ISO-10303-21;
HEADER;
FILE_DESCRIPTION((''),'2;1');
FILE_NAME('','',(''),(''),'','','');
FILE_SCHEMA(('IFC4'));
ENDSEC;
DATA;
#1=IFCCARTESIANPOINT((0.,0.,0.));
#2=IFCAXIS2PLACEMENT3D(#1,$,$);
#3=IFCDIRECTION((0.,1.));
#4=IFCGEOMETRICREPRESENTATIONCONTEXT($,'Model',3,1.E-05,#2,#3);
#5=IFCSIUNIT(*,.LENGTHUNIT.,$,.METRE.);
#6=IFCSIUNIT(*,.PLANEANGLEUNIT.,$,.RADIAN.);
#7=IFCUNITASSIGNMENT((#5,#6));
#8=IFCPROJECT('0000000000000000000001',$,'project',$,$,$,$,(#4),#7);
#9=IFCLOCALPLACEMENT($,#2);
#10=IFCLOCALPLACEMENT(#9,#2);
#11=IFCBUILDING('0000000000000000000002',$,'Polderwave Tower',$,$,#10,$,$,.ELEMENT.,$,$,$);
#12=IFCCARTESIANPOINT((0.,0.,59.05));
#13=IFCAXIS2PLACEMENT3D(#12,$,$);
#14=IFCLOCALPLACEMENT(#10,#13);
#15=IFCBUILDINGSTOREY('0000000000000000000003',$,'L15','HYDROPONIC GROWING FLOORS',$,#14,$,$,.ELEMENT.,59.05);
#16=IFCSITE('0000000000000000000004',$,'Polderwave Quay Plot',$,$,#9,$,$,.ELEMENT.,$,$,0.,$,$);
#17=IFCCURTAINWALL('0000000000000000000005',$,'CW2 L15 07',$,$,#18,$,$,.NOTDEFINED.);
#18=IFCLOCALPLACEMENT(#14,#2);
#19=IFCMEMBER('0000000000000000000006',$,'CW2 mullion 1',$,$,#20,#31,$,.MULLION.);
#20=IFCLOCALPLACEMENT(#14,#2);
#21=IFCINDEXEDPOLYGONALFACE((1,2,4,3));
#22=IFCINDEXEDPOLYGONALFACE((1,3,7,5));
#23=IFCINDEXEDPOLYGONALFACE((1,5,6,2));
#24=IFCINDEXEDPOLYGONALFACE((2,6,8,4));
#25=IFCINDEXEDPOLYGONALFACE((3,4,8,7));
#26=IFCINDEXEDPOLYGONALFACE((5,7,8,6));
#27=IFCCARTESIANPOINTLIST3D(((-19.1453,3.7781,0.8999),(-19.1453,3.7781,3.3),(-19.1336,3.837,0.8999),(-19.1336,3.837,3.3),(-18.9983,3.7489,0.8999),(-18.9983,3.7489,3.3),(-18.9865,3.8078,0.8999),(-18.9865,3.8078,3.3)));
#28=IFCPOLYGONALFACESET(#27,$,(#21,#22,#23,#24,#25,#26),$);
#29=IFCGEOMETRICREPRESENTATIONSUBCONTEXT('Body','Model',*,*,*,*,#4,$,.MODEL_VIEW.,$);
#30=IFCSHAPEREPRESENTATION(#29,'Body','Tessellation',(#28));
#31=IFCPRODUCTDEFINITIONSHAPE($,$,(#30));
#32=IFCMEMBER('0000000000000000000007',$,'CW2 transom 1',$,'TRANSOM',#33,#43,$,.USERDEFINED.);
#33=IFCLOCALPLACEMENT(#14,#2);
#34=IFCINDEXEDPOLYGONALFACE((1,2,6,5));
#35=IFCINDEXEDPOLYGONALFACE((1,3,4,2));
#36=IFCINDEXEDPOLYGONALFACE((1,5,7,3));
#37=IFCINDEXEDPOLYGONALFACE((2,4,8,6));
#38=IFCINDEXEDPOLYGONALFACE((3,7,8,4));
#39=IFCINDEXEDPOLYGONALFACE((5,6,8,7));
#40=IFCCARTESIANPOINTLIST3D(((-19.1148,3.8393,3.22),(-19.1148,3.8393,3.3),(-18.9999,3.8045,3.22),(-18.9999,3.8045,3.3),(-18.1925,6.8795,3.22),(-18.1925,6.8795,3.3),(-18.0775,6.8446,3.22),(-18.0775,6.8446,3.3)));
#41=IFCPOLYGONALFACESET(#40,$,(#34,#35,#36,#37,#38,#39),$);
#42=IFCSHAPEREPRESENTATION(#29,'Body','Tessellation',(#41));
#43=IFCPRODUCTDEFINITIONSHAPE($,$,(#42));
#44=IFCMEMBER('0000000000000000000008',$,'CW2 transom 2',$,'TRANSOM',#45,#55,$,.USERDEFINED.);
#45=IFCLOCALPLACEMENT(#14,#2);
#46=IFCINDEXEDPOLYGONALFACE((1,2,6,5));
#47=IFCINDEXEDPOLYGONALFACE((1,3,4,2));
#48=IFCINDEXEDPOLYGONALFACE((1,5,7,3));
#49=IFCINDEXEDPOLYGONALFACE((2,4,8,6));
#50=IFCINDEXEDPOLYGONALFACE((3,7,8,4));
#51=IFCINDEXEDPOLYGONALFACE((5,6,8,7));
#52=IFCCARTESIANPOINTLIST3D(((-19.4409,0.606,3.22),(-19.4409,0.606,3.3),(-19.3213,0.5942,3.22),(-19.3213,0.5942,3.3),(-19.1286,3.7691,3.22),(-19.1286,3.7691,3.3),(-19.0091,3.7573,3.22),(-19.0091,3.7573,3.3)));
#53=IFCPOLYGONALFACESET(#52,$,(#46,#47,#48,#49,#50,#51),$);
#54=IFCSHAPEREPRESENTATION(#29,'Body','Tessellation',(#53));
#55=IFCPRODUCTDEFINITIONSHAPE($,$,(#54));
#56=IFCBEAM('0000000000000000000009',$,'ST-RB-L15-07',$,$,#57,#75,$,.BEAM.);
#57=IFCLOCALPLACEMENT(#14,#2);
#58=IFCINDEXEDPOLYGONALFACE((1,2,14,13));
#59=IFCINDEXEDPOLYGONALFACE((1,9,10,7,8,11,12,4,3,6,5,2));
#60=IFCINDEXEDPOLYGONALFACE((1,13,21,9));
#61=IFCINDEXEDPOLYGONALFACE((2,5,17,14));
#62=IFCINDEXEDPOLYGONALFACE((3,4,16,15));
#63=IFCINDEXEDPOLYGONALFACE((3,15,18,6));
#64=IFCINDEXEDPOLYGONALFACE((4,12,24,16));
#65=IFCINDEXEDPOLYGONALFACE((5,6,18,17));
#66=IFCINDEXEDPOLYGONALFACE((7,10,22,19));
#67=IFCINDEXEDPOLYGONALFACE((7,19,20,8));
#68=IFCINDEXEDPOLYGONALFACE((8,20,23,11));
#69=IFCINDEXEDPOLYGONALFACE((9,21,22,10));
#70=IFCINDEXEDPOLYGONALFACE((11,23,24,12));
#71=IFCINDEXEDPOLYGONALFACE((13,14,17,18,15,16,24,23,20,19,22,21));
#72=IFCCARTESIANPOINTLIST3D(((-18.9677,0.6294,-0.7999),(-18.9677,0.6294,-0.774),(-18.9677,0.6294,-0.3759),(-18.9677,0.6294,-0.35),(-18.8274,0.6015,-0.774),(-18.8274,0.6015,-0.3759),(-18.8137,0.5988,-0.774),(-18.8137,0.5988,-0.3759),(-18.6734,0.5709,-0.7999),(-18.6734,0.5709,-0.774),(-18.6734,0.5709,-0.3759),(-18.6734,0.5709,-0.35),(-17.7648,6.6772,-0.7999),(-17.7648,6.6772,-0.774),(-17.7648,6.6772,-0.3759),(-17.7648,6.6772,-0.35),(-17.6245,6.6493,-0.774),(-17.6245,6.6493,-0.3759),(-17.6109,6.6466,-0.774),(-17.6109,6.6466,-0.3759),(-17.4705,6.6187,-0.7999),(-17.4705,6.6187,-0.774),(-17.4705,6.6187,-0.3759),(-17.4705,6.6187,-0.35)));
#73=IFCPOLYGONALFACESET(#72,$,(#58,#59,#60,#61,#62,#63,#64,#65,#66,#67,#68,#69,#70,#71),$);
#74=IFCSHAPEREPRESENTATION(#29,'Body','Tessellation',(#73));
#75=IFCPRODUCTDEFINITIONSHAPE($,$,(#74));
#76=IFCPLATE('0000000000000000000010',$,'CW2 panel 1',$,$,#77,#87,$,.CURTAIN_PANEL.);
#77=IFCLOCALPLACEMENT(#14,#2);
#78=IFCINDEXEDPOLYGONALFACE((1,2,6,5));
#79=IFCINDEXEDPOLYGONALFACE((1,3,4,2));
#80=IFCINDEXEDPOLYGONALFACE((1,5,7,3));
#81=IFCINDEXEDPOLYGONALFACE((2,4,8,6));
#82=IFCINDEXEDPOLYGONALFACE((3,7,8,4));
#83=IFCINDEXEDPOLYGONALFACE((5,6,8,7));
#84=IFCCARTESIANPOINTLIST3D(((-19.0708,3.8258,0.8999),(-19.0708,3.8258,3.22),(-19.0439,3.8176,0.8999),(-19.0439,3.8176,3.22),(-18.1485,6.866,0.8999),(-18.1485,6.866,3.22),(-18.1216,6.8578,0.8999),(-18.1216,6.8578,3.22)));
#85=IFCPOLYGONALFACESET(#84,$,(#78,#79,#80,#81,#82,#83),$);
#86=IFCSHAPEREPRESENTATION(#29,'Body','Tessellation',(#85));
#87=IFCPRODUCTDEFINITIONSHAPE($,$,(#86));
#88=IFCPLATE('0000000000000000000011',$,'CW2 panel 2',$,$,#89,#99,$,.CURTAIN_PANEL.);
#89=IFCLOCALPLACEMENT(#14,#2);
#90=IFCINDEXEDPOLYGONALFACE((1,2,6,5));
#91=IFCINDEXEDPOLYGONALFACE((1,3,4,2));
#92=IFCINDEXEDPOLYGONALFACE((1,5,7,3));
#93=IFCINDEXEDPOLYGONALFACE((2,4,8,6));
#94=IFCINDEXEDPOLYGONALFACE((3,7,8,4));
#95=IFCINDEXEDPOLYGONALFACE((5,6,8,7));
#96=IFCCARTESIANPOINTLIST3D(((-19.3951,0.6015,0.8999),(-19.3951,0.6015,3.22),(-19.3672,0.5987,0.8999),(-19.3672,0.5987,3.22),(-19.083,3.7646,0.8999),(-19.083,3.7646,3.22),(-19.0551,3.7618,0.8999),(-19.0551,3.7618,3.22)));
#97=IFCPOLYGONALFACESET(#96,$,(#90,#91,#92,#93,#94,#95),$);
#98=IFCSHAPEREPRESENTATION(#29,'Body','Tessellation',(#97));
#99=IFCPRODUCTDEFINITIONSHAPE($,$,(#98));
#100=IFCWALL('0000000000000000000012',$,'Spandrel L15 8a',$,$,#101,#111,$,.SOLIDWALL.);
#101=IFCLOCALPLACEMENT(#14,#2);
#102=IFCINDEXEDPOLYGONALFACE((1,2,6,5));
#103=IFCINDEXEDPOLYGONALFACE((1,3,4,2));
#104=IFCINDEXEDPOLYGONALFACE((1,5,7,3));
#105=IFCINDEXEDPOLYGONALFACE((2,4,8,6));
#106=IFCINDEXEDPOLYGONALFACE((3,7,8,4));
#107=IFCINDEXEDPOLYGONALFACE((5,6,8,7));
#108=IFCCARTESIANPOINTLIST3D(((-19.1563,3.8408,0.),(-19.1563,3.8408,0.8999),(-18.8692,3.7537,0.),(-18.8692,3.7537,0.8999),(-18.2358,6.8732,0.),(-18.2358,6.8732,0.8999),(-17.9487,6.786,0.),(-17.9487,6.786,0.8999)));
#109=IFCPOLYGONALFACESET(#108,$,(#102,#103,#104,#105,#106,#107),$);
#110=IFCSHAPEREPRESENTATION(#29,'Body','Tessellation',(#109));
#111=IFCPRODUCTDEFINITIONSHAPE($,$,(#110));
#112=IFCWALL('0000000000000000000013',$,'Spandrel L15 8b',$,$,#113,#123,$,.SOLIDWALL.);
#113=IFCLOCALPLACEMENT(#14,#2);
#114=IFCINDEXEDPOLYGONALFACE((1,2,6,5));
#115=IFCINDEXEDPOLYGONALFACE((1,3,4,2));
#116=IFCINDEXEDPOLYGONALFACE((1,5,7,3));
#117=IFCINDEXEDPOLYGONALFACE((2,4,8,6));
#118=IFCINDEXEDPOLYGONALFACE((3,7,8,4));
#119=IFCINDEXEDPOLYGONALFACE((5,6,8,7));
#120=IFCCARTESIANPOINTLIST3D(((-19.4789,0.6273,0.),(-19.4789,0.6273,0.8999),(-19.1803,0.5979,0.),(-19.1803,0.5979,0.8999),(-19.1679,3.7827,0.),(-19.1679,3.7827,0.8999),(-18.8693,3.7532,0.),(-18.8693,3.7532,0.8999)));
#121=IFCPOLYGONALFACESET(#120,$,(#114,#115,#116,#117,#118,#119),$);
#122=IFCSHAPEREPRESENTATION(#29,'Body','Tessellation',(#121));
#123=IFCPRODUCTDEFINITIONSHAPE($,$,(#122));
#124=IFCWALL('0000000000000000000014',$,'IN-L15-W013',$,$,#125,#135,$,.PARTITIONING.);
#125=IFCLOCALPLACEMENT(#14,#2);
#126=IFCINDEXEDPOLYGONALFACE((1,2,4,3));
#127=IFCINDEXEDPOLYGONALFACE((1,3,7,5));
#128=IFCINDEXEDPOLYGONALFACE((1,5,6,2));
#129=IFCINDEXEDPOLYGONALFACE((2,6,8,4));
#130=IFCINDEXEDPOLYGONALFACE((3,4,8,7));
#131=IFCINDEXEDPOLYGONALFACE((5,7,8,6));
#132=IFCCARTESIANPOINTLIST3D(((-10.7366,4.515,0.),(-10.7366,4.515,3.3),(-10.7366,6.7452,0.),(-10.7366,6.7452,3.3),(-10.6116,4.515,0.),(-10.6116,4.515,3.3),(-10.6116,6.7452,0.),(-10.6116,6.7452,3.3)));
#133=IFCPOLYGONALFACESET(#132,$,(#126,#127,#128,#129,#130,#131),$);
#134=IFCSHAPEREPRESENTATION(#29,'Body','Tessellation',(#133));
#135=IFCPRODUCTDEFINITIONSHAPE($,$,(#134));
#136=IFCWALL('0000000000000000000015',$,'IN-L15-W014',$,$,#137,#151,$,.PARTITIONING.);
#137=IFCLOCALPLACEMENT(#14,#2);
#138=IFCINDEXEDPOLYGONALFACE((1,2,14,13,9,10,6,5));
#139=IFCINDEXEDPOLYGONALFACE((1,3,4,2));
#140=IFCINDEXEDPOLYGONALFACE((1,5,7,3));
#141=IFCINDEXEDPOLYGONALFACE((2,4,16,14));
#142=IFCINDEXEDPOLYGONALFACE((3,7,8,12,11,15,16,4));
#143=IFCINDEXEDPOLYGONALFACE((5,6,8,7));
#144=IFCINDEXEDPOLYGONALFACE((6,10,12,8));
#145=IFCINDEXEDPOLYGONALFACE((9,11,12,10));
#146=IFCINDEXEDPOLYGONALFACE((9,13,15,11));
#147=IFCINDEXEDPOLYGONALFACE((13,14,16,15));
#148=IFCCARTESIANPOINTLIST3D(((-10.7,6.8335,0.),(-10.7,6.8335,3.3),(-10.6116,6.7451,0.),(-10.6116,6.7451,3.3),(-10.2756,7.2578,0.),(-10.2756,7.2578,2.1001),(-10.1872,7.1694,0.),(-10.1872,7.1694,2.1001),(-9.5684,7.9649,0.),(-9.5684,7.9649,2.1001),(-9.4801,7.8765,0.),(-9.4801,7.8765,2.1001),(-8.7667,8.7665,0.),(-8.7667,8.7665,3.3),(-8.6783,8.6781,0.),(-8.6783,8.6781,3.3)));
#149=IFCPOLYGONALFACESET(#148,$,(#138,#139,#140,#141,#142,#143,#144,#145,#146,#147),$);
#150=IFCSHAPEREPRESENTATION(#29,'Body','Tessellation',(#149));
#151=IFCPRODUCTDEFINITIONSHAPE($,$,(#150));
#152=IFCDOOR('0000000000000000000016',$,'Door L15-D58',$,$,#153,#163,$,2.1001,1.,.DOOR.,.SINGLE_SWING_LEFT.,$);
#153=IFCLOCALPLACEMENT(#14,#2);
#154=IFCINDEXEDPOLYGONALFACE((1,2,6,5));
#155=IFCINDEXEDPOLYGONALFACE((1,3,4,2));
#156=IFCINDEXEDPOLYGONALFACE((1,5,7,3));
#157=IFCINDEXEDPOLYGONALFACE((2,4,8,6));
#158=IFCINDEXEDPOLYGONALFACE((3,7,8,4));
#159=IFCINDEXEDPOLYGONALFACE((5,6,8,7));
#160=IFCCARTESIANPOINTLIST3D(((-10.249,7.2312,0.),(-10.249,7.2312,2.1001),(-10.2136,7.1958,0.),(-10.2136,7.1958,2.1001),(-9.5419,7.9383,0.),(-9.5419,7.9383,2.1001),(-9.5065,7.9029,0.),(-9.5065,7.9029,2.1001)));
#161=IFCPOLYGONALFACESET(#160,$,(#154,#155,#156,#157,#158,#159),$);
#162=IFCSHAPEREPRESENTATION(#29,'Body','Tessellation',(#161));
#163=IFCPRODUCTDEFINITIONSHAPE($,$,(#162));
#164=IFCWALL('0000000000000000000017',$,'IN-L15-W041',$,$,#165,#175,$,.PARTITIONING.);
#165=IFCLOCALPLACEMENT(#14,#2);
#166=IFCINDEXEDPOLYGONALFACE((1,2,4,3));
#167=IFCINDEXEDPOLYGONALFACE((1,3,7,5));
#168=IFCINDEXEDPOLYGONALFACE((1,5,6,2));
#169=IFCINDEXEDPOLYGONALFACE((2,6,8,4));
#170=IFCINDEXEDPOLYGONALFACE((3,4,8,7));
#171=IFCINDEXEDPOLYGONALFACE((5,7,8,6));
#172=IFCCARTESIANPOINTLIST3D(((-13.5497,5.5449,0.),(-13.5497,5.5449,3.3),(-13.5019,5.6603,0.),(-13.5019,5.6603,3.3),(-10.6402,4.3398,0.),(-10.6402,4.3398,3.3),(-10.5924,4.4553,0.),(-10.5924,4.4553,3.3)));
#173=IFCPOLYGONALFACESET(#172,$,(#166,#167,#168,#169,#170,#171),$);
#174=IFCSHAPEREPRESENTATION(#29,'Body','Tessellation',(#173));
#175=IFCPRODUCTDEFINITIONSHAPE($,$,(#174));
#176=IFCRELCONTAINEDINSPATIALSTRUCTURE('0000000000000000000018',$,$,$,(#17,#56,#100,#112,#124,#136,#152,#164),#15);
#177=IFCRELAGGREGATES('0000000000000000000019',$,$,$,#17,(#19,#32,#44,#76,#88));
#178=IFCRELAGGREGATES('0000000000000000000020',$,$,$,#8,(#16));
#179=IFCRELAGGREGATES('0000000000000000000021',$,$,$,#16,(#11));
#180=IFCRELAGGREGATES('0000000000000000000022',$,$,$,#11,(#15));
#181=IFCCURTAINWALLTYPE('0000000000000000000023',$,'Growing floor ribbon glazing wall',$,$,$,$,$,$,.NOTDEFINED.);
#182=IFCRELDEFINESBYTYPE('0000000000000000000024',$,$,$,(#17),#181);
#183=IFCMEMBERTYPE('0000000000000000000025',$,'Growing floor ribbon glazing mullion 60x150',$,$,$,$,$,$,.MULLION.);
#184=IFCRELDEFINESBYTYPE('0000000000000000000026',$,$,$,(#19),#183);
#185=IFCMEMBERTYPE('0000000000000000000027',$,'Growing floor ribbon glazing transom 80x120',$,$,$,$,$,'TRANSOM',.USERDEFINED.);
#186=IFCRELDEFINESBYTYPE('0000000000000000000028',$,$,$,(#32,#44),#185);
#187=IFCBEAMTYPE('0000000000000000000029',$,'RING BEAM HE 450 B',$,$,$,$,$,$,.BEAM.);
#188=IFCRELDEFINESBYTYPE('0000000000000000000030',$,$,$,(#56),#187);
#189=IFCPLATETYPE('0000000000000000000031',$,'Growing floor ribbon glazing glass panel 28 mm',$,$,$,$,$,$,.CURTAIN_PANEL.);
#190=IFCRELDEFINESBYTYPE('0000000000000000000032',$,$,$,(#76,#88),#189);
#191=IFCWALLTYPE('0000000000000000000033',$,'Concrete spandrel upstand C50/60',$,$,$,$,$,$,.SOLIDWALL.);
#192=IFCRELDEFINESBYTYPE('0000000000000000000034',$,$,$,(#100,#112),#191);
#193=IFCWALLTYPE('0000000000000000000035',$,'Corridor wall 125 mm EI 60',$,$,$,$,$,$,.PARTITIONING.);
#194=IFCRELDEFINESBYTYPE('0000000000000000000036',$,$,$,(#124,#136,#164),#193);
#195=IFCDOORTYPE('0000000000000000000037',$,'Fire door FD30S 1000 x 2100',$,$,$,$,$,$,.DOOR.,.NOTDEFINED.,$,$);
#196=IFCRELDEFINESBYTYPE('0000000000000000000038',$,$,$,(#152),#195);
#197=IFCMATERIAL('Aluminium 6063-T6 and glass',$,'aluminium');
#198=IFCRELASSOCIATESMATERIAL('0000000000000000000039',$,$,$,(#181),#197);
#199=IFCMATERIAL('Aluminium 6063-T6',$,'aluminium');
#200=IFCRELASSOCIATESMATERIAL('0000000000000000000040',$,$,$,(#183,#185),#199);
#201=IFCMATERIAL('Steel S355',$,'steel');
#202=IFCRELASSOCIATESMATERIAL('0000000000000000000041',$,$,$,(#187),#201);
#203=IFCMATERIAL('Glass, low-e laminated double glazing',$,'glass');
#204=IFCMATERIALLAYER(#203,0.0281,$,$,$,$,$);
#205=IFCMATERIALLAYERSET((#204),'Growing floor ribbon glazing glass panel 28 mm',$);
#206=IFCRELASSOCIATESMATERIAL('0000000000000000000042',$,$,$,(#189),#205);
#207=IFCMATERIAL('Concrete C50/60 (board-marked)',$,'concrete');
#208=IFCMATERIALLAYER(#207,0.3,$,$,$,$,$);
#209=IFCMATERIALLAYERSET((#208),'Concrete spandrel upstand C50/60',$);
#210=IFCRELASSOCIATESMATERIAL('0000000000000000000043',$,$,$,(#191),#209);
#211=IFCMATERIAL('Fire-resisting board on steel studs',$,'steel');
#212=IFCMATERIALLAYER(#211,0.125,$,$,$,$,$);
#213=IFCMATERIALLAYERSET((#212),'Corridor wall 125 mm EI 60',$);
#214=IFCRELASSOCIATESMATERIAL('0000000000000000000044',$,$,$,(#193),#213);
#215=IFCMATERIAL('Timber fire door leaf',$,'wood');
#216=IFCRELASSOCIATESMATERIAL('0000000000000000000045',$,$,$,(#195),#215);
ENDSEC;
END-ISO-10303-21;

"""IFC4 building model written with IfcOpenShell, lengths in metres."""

from ifc_helpers import new_model, si_unit, direction, frame, frame_2d, origin, origin_2d, place, context, subcontext, project, spatial, rectangle, i_section, extrude, material, layer, layer_set, material_profile, profile_set, type_object, element, fill, aggregate, save


model = new_model("IFC4")

# Units and contexts
model_context = context("Model", 3, precision=1e-05, world=origin(), true_north=direction((0.0, 1.0)))
body_context = subcontext(model_context, "Body", "Model", "MODEL_VIEW")
ifc_project = project(units=[si_unit("LENGTHUNIT", "METRE"), si_unit("PLANEANGLEUNIT", "RADIAN")], contexts=[model_context])

# Site, building, storey
site_placement = place(None, origin())
site = spatial("IfcSite", under=ifc_project, at=site_placement, Name="Polderwave Quay Plot", CompositionType="ELEMENT", RefElevation=0.0)
building_placement = place(site_placement, origin())
building = spatial("IfcBuilding", under=site, at=building_placement, Name="Polderwave Tower", CompositionType="ELEMENT")
storey_placement = place(building_placement, frame((0.0, 0.0, 59.05)))
storey = spatial("IfcBuildingStorey", under=building, at=storey_placement, Name="L15", Description="HYDROPONIC GROWING FLOORS", CompositionType="ELEMENT", Elevation=59.05)

# Curtain wall, members
ifc_material_1 = material(Name="Aluminium 6063-T6 and glass", Category="aluminium")
curtain_wall_type = type_object("IfcCurtainWallType", Name="Growing floor ribbon glazing wall", PredefinedType="NOTDEFINED", material=ifc_material_1)
curtain_wall_placement = place(storey_placement, origin())
curtain_wall = element("IfcCurtainWall", 1, at=curtain_wall_placement, inside=storey, type_object=curtain_wall_type, Name="CW2 L15 07", PredefinedType="NOTDEFINED")
ifc_material_2 = material(Name="Aluminium 6063-T6", Category="aluminium")
ifc_material_profile_1 = material_profile(ifc_material_2, rectangle(XDim=0.1499, YDim=0.0601, at=origin_2d()), Name="AL 60x150")
ifc_profile_set_1 = profile_set([ifc_material_profile_1], Name="Aluminium 6063-T6")
member_type_1 = type_object("IfcMemberType", Name="Growing floor ribbon glazing mullion 60x150", PredefinedType="MULLION", material=ifc_profile_set_1)
member_1_placement = place(storey_placement, frame((-19.0659, 3.793, 0.8999), z_axis=(0.0, 0.0, 1.0), x_axis=(0.980769, -0.195172, 0.0)))
member_1 = element("IfcMember", 2, at=member_1_placement, type_object=member_type_1, Name="CW2 mullion 1", PredefinedType="MULLION", context=body_context, shape_type="SweptSolid", body=[
    extrude(rectangle(XDim=0.1499, YDim=0.0601, at=origin_2d()), origin(), (0.0, 0.0, 1.0), 2.4001),
])
ifc_material_profile_2 = material_profile(ifc_material_2, rectangle(XDim=0.1201, YDim=0.0801, at=origin_2d()), Name="AL 80x120")
ifc_profile_set_2 = profile_set([ifc_material_profile_2], Name="Aluminium 6063-T6")
member_type_2 = type_object("IfcMemberType", Name="Growing floor ribbon glazing transom 80x120", ElementType="TRANSOM", PredefinedType="USERDEFINED", material=ifc_profile_set_2)
member_2_placement = place(storey_placement, frame((-18.135, 6.8621, 3.26), z_axis=(-0.290314, -0.956931, 0.0), x_axis=(0.956931, -0.290314, 0.0)))
member_2 = element("IfcMember", 3, at=member_2_placement, type_object=member_type_2, Name="CW2 transom 1", ObjectType="TRANSOM", PredefinedType="USERDEFINED", context=body_context, shape_type="SweptSolid", body=[
    extrude(rectangle(XDim=0.1201, YDim=0.0801, at=origin_2d()), origin(), (0.0, 0.0, 1.0), 3.177),
])
member_3_placement = place(storey_placement, frame((-19.0688, 3.7632, 3.26), z_axis=(-0.098241, -0.995163, 0.0), x_axis=(0.995163, -0.098241, 0.0)))
member_3 = element("IfcMember", 4, at=member_3_placement, type_object=member_type_2, Name="CW2 transom 2", ObjectType="TRANSOM", PredefinedType="USERDEFINED", context=body_context, shape_type="SweptSolid", body=[
    extrude(rectangle(XDim=0.1201, YDim=0.0801, at=origin_2d()), origin(), (0.0, 0.0, 1.0), 3.1785),
])

# Beam
ifc_material_3 = material(Name="Steel S355", Category="steel")
ifc_material_profile_3 = material_profile(ifc_material_3, i_section(OverallWidth=0.3, OverallDepth=0.45, WebThickness=0.0139, FlangeThickness=0.0259, at=origin_2d()), Name="HE 450 B")
ifc_profile_set_3 = profile_set([ifc_material_profile_3], Name="Steel S355")
beam_type = type_object("IfcBeamType", Name="RING BEAM HE 450 B", PredefinedType="BEAM", material=ifc_profile_set_3)
beam_placement = place(storey_placement, frame((-17.6177, 6.6479, -0.575), z_axis=(-0.195073, -0.980789, 0.0), x_axis=(0.980789, -0.195073, 0.0)))
element("IfcBeam", 5, at=beam_placement, inside=storey, type_object=beam_type, Name="ST-RB-L15-07", PredefinedType="BEAM", context=body_context, shape_type="SweptSolid", body=[
    extrude(i_section(OverallWidth=0.3, OverallDepth=0.45, WebThickness=0.0139, FlangeThickness=0.0259, at=origin_2d()), origin(), (0.0, 0.0, 1.0), 6.1663),
])

# Plates
ifc_material_4 = material(Name="Glass, low-e laminated double glazing", Category="glass")
ifc_layer_1 = layer(ifc_material_4, 0.0281)
ifc_layer_set_1 = layer_set([ifc_layer_1], Name="Growing floor ribbon glazing glass panel 28 mm")
plate_type = type_object("IfcPlateType", Name="Growing floor ribbon glazing glass panel 28 mm", PredefinedType="CURTAIN_PANEL", material=ifc_layer_set_1)
plate_1_placement = place(storey_placement, frame((-18.5962, 5.3418, 0.8999), z_axis=(0.0, 0.0, 1.0), x_axis=(-0.290293, -0.956938, 0.0)))
plate_1 = element("IfcPlate", 6, at=plate_1_placement, type_object=plate_type, Name="CW2 panel 1", PredefinedType="CURTAIN_PANEL", context=body_context, shape_type="SweptSolid", body=[
    extrude(rectangle(XDim=3.177, YDim=0.0281, at=origin_2d()), origin(), (0.0, 0.0, 1.0), 2.3201),
])
plate_2_placement = place(storey_placement, frame((-19.2251, 2.1816, 0.8999), z_axis=(0.0, 0.0, 1.0), x_axis=(-0.098177, -0.995169, 0.0)))
plate_2 = element("IfcPlate", 7, at=plate_2_placement, type_object=plate_type, Name="CW2 panel 2", PredefinedType="CURTAIN_PANEL", context=body_context, shape_type="SweptSolid", body=[
    extrude(rectangle(XDim=3.1785, YDim=0.0281, at=origin_2d()), origin(), (0.0, 0.0, 1.0), 2.3201),
])
aggregate(curtain_wall, [member_1, member_2, member_3, plate_1, plate_2])

# Walls
ifc_material_5 = material(Name="Concrete C50/60 (board-marked)", Category="concrete")
ifc_layer_2 = layer(ifc_material_5, 0.3)
ifc_layer_set_2 = layer_set([ifc_layer_2], Name="Concrete spandrel upstand C50/60")
wall_type_1 = type_object("IfcWallType", Name="Concrete spandrel upstand C50/60", PredefinedType="SOLIDWALL", material=ifc_layer_set_2)
wall_1_placement = place(storey_placement, frame((-18.0923, 6.8296, 0.0), z_axis=(0.0, 0.0, 1.0), x_axis=(-0.290456, -0.956888, 0.0)))
element("IfcWall", 8, at=wall_1_placement, inside=storey, type_object=wall_type_1, Name="Spandrel L15 8a", PredefinedType="SOLIDWALL", context=body_context, shape_type="SweptSolid", body=[
    extrude(rectangle(XDim=3.1689, YDim=0.3, at=frame_2d((1.5845, 0.0))), origin(), (0.0, 0.0, 1.0), 0.8999),
])
wall_2_placement = place(storey_placement, frame((-19.0186, 3.7681, 0.0), z_axis=(0.0, 0.0, 1.0), x_axis=(-0.098101, -0.995176, 0.0)))
element("IfcWall", 9, at=wall_2_placement, inside=storey, type_object=wall_type_1, Name="Spandrel L15 8b", PredefinedType="SOLIDWALL", context=body_context, shape_type="SweptSolid", body=[
    extrude(rectangle(XDim=3.1707, YDim=0.3, at=frame_2d((1.5854, 0.0))), origin(), (0.0, 0.0, 1.0), 0.8999),
])
ifc_material_6 = material(Name="Fire-resisting board on steel studs", Category="steel")
ifc_layer_3 = layer(ifc_material_6, 0.125)
ifc_layer_set_3 = layer_set([ifc_layer_3], Name="Corridor wall 125 mm EI 60")
wall_type_2 = type_object("IfcWallType", Name="Corridor wall 125 mm EI 60", PredefinedType="PARTITIONING", material=ifc_layer_set_3)
wall_3_placement = place(storey_placement, frame((-10.6741, 4.5149, 0.0), z_axis=(0.0, 0.0, 1.0), x_axis=(0.0, 1.0, 0.0)))
element("IfcWall", 10, at=wall_3_placement, inside=storey, type_object=wall_type_2, Name="IN-L15-W013", PredefinedType="PARTITIONING", context=body_context, shape_type="SweptSolid", body=[
    extrude(rectangle(XDim=2.2302, YDim=0.125, at=frame_2d((1.1152, 0.0))), origin(), (0.0, 0.0, 1.0), 3.3),
])

# Wall, opening, door
wall_4_placement = place(storey_placement, frame((-10.6558, 6.7893, 0.0), z_axis=(0.0, 0.0, 1.0), x_axis=(0.707151, 0.707062, 0.0)))
wall_4 = element("IfcWall", 11, at=wall_4_placement, inside=storey, type_object=wall_type_2, Name="IN-L15-W014", PredefinedType="PARTITIONING", context=body_context, shape_type="SweptSolid", body=[
    extrude(rectangle(XDim=2.7339, YDim=0.125, at=frame_2d((1.3669, 0.0))), origin(), (0.0, 0.0, 1.0), 3.3),
])
opening_1_placement = place(wall_4_placement, frame((0.6001, 0.0, 0.0)))
opening_1 = element("IfcOpeningElement", 12, at=opening_1_placement, cuts=wall_4, PredefinedType="OPENING", context=body_context, shape_type="SweptSolid", body=[
    extrude(rectangle(XDim=1.0, YDim=2.1001, at=frame_2d((0.5, 1.05))), frame((0.0, 0.0725, 0.0), z_axis=(0.0, -1.0, 0.0), x_axis=(1.0, 0.0, 0.0)), (0.0, 0.0, 1.0), 0.145),
])
ifc_material_7 = material(Name="Timber fire door leaf", Category="wood")
door_type_1 = type_object("IfcDoorType", Name="Fire door FD30S 1000 x 2100", OperationType="NOTDEFINED", PredefinedType="DOOR", material=ifc_material_7)
door_1_placement = place(opening_1_placement, origin())
door_1 = element("IfcDoor", 13, at=door_1_placement, inside=storey, type_object=door_type_1, Name="Door L15-D58", OperationType="SINGLE_SWING_LEFT", OverallHeight=2.1001, OverallWidth=1.0, PredefinedType="DOOR", context=body_context, shape_type="SweptSolid", body=[
    extrude(rectangle(XDim=1.0, YDim=2.1001, at=frame_2d((0.5, 1.05))), frame((0.0, 0.0249, 0.0), z_axis=(0.0, -1.0, 0.0), x_axis=(1.0, 0.0, 0.0)), (0.0, 0.0, 1.0), 0.05),
])
fill(opening_1, door_1)

# Wall
wall_5_placement = place(storey_placement, frame((-10.6162, 4.3975, 0.0), z_axis=(0.0, 0.0, 1.0), x_axis=(-0.923885, 0.382671, 0.0)))
element("IfcWall", 14, at=wall_5_placement, inside=storey, type_object=wall_type_2, Name="IN-L15-W041", PredefinedType="PARTITIONING", context=body_context, shape_type="SweptSolid", body=[
    extrude(rectangle(XDim=3.1492, YDim=0.125, at=frame_2d((1.5747, 0.0))), origin(), (0.0, 0.0, 1.0), 3.3),
])

save(model, "model.ifc")
